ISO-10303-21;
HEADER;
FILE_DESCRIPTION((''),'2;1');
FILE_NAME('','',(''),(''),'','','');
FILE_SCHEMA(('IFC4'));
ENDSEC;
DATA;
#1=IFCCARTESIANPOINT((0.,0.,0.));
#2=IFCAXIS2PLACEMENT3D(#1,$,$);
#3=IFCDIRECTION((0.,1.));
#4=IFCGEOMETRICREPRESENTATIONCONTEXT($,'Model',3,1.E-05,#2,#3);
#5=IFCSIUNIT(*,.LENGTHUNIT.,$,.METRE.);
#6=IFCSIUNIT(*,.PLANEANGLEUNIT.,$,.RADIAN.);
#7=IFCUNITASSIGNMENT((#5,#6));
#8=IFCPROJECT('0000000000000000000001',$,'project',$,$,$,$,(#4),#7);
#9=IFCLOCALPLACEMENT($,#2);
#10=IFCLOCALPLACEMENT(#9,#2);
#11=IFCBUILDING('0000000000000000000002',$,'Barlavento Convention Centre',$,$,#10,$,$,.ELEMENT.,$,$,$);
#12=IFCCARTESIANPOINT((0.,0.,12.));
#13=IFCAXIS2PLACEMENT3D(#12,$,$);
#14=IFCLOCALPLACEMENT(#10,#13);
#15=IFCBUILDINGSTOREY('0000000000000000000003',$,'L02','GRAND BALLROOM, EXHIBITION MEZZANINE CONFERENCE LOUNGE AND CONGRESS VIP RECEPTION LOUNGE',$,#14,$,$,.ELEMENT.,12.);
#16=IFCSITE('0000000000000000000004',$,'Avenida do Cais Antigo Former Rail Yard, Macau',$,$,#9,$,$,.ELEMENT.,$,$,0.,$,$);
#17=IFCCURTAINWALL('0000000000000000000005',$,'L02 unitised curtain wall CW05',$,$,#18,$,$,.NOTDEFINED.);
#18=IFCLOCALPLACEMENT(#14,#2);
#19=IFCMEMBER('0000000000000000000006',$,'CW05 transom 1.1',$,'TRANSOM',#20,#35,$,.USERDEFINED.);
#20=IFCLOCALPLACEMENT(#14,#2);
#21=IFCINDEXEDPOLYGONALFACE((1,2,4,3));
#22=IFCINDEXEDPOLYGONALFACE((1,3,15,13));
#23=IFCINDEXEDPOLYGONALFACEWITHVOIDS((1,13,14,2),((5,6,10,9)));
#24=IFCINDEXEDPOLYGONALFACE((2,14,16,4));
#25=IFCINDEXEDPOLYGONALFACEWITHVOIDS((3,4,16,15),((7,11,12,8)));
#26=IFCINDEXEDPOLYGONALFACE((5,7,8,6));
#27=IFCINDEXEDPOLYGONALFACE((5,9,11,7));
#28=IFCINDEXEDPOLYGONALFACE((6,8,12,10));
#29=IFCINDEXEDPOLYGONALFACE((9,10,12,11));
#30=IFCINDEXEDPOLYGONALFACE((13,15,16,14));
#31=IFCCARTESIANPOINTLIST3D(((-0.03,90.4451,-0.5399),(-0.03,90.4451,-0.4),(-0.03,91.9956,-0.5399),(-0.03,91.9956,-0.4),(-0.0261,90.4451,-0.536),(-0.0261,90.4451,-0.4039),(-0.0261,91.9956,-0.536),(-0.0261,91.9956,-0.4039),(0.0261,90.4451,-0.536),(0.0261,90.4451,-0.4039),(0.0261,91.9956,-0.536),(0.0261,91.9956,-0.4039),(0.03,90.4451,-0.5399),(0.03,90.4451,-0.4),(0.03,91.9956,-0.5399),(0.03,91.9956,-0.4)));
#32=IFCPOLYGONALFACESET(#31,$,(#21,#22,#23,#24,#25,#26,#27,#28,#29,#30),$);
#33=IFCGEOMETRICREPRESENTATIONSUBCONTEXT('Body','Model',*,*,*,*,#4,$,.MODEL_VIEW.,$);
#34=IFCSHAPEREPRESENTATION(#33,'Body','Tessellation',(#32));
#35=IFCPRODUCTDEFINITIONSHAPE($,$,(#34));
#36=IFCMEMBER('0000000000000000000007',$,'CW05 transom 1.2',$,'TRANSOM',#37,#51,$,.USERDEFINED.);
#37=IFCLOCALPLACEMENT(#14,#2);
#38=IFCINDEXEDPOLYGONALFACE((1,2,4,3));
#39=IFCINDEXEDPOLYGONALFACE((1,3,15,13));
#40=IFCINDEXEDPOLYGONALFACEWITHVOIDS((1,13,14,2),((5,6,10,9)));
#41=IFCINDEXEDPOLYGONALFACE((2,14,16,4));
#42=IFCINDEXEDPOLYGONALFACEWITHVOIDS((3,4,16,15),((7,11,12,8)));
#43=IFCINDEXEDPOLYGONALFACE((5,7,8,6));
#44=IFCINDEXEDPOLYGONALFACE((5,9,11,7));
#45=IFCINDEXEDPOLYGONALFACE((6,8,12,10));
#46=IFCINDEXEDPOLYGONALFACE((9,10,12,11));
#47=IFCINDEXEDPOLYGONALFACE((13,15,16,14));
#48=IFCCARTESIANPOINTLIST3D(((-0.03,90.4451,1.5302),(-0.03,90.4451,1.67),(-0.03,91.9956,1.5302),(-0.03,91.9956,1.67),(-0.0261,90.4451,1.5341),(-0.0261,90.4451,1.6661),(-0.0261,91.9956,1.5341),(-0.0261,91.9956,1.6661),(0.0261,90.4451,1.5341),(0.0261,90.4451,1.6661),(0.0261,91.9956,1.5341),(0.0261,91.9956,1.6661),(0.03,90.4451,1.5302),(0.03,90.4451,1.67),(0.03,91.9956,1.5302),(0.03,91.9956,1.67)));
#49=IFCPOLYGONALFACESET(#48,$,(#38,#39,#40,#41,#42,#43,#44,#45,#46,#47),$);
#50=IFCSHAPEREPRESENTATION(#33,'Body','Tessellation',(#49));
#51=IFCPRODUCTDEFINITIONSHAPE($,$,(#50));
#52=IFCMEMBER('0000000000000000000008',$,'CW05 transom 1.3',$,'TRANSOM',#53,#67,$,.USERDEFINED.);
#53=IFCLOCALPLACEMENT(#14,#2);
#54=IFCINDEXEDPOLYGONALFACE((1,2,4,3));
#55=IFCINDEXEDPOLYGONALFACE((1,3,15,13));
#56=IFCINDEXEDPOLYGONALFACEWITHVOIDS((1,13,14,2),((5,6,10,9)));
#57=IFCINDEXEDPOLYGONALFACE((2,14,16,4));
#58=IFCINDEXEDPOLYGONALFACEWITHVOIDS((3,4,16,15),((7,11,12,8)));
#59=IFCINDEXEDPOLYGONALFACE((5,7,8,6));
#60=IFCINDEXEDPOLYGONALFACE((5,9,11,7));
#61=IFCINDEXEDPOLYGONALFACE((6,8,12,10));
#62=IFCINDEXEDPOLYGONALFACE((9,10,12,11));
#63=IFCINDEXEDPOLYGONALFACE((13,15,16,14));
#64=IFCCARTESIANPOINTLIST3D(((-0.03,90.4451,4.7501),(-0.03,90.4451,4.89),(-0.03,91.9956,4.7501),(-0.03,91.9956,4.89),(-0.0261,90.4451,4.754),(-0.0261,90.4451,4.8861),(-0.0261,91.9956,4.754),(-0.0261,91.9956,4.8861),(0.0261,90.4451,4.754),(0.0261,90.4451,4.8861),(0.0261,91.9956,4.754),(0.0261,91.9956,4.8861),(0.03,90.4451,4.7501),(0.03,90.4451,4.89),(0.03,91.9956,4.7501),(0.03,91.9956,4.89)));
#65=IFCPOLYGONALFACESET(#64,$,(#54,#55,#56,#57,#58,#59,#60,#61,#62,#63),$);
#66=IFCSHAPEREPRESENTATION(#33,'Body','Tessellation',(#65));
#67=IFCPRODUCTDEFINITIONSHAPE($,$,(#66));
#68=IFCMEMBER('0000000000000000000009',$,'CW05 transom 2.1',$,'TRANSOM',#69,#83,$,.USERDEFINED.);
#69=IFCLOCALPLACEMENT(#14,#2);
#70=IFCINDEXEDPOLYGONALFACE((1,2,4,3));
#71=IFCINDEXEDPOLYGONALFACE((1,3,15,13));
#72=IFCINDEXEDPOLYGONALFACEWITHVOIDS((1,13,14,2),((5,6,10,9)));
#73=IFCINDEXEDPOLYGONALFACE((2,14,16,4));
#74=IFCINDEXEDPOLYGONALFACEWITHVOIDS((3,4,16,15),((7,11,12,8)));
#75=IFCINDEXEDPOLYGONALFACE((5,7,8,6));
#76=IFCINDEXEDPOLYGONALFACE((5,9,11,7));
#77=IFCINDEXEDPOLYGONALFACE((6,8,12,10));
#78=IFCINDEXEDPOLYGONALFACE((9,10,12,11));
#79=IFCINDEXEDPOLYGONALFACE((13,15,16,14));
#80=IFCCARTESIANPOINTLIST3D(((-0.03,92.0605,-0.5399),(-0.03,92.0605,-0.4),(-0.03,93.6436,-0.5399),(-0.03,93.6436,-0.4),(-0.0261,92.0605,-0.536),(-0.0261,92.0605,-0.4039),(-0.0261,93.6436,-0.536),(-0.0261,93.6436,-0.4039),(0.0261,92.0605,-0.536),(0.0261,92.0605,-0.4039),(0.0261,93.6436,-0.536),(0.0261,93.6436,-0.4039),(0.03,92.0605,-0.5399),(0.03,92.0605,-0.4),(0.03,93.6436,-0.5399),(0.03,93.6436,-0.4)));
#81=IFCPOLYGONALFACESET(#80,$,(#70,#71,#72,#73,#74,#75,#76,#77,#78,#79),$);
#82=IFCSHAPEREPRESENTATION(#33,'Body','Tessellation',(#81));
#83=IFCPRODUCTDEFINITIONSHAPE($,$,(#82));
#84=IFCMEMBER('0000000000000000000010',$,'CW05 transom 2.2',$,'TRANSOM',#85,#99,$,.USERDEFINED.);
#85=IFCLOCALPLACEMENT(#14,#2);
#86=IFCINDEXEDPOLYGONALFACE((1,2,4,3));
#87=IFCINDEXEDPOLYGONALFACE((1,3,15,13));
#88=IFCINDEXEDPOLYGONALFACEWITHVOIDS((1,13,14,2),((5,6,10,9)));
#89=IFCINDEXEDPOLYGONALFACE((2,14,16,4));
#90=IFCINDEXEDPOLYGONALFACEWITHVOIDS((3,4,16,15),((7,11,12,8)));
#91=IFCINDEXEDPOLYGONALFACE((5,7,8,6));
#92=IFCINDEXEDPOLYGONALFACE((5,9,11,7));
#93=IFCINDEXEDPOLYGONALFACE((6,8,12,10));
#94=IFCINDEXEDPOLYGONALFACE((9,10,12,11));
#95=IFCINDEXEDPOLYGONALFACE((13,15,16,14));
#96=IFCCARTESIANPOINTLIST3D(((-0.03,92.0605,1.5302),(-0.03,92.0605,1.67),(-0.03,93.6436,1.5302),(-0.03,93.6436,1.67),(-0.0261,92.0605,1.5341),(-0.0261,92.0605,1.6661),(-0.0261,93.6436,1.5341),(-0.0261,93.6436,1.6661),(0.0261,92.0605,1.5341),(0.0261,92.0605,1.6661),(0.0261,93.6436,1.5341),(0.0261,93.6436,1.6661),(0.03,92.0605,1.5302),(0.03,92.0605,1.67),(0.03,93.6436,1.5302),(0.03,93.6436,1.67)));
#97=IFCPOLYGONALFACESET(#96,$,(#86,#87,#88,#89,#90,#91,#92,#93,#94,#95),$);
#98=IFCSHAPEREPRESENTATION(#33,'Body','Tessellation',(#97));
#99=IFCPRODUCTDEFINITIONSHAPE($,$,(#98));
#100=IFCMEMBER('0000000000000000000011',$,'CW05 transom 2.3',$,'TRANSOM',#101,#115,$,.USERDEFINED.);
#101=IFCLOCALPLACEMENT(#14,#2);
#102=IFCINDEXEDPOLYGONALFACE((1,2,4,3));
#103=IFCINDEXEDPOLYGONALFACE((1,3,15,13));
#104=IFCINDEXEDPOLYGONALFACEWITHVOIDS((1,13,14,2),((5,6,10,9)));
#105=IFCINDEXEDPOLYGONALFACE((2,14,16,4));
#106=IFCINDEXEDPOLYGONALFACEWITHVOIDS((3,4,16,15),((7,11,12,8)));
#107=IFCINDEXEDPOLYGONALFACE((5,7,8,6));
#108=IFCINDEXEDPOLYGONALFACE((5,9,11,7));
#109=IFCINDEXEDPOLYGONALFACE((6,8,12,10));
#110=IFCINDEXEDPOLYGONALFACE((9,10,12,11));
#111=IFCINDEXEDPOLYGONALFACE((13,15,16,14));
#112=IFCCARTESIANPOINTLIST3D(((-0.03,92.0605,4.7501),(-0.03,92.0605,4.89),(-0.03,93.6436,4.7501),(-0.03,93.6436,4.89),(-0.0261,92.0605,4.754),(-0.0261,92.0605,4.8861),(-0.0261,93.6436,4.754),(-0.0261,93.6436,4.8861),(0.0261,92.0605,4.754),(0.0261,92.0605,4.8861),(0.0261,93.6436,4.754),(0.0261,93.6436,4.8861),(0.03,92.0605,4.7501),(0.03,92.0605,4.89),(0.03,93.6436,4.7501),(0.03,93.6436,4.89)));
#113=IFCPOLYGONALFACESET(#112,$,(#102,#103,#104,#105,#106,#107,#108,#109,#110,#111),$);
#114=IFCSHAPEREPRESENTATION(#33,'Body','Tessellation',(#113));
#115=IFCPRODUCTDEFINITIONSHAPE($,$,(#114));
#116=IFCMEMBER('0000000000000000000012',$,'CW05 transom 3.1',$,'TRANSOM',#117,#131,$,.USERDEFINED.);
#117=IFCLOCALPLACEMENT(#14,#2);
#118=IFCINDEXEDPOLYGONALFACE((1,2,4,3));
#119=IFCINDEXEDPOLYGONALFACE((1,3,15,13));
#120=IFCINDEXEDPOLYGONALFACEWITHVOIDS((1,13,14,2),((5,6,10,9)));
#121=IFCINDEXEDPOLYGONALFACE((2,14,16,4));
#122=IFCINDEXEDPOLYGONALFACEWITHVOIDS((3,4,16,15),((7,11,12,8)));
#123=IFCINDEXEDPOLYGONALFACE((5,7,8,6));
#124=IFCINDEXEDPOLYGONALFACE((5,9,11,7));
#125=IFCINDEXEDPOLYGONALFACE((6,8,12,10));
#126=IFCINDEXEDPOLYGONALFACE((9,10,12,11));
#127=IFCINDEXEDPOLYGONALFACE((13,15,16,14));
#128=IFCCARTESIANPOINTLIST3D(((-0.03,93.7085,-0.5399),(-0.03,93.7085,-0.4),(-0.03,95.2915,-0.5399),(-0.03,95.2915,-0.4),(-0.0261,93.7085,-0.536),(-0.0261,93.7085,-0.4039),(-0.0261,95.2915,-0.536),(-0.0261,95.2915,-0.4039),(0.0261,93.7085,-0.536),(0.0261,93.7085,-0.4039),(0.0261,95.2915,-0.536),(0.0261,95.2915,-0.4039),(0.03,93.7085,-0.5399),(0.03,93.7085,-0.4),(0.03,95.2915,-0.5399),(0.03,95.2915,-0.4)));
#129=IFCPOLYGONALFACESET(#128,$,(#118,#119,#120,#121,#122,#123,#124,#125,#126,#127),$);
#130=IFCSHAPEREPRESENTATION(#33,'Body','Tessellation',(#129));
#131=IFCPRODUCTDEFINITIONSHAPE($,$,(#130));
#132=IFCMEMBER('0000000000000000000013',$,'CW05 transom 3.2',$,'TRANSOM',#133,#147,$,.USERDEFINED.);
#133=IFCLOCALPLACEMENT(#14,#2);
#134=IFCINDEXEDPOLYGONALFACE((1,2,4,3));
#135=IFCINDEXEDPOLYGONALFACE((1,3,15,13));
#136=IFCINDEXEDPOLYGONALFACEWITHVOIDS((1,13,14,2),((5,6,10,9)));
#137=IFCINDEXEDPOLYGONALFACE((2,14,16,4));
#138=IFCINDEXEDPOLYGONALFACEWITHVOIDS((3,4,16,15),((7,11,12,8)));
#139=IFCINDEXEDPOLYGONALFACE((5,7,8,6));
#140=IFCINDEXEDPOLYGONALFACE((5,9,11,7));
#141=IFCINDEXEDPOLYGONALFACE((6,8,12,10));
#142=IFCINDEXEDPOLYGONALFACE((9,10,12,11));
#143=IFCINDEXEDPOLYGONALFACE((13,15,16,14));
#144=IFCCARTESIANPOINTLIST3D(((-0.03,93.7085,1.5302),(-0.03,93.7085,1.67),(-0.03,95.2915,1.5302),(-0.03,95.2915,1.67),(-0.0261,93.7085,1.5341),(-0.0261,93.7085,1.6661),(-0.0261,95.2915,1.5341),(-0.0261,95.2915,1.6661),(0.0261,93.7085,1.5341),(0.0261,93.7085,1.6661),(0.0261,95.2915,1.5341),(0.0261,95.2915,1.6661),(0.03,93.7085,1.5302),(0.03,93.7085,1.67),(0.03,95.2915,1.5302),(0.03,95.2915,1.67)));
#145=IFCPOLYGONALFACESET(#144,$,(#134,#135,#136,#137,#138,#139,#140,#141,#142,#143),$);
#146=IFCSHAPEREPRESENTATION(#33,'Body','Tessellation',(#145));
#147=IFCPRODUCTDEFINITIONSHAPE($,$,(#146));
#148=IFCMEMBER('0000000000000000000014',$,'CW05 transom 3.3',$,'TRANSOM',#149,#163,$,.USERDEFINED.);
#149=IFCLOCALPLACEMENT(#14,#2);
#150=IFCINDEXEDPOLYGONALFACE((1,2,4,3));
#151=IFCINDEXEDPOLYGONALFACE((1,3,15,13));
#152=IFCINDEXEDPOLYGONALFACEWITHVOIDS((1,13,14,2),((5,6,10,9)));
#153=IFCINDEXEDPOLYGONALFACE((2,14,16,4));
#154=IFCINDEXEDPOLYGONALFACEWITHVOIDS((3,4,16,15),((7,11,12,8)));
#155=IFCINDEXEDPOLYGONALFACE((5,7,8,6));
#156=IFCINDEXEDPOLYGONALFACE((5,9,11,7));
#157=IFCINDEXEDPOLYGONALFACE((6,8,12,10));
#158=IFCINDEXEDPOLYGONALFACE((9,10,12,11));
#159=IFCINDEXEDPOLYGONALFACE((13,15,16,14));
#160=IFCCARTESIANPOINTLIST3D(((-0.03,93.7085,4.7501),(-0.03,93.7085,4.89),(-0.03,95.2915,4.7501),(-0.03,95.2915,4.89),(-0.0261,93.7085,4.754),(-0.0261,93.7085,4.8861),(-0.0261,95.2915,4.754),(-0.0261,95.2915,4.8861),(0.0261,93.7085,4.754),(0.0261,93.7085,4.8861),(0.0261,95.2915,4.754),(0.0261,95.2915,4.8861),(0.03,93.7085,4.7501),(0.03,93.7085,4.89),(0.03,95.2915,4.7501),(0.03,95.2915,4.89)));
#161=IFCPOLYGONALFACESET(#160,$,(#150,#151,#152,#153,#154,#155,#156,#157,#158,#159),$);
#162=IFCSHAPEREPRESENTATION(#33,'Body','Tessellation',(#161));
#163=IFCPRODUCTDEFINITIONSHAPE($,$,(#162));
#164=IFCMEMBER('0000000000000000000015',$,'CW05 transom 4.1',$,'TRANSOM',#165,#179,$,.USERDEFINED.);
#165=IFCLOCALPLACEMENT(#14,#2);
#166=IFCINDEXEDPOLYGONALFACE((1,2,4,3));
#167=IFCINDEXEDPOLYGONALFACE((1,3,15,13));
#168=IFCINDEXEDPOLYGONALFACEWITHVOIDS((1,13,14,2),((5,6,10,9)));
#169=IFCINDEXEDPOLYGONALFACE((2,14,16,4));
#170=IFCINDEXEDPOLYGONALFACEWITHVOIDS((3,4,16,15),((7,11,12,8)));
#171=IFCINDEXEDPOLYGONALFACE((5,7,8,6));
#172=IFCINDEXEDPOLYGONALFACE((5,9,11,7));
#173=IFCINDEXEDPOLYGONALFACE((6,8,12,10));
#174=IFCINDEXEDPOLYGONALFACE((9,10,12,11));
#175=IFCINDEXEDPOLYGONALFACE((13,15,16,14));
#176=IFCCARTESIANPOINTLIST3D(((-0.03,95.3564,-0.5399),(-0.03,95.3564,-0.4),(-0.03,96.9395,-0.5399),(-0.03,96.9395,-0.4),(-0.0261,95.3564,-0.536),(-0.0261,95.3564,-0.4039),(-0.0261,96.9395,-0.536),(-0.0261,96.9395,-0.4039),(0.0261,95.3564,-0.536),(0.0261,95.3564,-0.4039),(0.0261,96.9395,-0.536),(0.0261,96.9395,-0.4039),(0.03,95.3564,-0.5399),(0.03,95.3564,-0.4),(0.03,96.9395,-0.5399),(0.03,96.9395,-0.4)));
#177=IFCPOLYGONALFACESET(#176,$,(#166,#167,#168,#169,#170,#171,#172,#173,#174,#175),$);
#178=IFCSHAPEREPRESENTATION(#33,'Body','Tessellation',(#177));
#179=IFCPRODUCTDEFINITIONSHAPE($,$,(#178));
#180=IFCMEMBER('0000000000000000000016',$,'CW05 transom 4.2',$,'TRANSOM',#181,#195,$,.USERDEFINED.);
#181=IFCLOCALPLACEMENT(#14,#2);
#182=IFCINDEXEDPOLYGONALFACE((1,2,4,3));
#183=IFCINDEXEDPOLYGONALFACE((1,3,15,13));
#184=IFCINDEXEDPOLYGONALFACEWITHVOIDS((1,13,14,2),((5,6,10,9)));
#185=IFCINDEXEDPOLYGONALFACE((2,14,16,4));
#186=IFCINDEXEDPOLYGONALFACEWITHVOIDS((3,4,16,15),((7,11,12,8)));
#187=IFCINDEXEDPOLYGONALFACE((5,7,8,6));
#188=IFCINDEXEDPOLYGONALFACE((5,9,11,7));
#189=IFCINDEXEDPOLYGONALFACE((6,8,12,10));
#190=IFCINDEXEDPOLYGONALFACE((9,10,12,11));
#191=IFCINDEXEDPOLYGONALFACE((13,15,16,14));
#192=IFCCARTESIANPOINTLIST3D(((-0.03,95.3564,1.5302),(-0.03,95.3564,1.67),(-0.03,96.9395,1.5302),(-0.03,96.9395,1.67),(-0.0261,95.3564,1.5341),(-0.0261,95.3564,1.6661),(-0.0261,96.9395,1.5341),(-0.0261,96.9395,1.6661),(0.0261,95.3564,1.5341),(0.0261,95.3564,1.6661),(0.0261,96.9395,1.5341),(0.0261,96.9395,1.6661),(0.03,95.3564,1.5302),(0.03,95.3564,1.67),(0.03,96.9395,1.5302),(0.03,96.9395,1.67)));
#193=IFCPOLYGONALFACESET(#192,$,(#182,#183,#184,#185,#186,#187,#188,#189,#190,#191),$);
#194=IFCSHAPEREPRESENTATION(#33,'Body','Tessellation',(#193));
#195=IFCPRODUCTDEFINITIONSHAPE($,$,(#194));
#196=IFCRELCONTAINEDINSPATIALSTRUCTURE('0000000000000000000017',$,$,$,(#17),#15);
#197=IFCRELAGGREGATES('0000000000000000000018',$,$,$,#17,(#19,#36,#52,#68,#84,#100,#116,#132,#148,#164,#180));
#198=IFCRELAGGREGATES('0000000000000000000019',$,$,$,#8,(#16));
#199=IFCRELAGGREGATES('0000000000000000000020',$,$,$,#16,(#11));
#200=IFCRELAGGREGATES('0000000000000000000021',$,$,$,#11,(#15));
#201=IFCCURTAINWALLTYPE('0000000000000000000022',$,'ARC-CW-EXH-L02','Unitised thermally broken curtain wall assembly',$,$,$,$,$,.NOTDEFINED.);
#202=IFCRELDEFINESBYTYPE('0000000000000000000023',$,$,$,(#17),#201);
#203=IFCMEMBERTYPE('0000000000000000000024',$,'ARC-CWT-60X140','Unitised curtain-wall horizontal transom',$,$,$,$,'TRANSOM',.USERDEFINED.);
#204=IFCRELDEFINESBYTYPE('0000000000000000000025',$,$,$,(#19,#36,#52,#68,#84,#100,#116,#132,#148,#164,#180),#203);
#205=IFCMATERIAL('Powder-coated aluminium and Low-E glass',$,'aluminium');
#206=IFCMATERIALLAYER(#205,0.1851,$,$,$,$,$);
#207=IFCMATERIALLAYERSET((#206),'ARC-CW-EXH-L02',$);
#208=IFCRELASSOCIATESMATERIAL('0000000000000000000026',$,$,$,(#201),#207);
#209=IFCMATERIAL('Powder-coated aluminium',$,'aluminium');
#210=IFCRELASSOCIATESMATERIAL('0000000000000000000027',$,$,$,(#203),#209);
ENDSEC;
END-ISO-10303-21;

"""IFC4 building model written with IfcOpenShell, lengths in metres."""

from ifc_helpers import new_model, si_unit, direction, frame, origin, origin_2d, place, context, subcontext, project, spatial, hollow_rectangle, extrude, material, layer, layer_set, material_profile, profile_set, type_object, element, aggregate, save


model = new_model("IFC4")

# Units and contexts
model_context = context("Model", 3, precision=1e-05, world=origin(), true_north=direction((0.0, 1.0)))
body_context = subcontext(model_context, "Body", "Model", "MODEL_VIEW")
ifc_project = project(units=[si_unit("LENGTHUNIT", "METRE"), si_unit("PLANEANGLEUNIT", "RADIAN")], contexts=[model_context])

# Site, building, storey
site_placement = place(None, origin())
site = spatial("IfcSite", under=ifc_project, at=site_placement, Name="Avenida do Cais Antigo Former Rail Yard, Macau", CompositionType="ELEMENT", RefElevation=0.0)
building_placement = place(site_placement, origin())
building = spatial("IfcBuilding", under=site, at=building_placement, Name="Barlavento Convention Centre", CompositionType="ELEMENT")
storey_placement = place(building_placement, frame((0.0, 0.0, 12.0)))
storey = spatial("IfcBuildingStorey", under=building, at=storey_placement, Name="L02", Description="GRAND BALLROOM, EXHIBITION MEZZANINE CONFERENCE LOUNGE AND CONGRESS VIP RECEPTION LOUNGE", CompositionType="ELEMENT", Elevation=12.0)

# Shared definitions
ifc_material_1 = material(Name="Powder-coated aluminium and Low-E glass", Category="aluminium")
ifc_layer_1 = layer(ifc_material_1, 0.1851)
ifc_layer_set_1 = layer_set([ifc_layer_1], Name="ARC-CW-EXH-L02")
curtain_wall_type = type_object("IfcCurtainWallType", Name="ARC-CW-EXH-L02", Description="Unitised thermally broken curtain wall assembly", PredefinedType="NOTDEFINED", material=ifc_layer_set_1)
ifc_material_2 = material(Name="Powder-coated aluminium", Category="aluminium")

# Curtain wall
curtain_wall_1_placement = place(storey_placement, origin())
curtain_wall_1 = element("IfcCurtainWall", 1, at=curtain_wall_1_placement, inside=storey, type_object=curtain_wall_type, Name="L02 unitised curtain wall CW05", PredefinedType="NOTDEFINED")

# Members
ifc_material_profile_1 = material_profile(ifc_material_2, hollow_rectangle(XDim=0.0601, YDim=0.1399, WallThickness=0.0039, at=origin_2d()), Name="AL-TRAN 60x140x4")
ifc_profile_set_1 = profile_set([ifc_material_profile_1], Name="Powder-coated aluminium")
member_type_1 = type_object("IfcMemberType", Name="ARC-CWT-60X140", Description="Unitised curtain-wall horizontal transom", ElementType="TRANSOM", PredefinedType="USERDEFINED", material=ifc_profile_set_1)
member_1_placement = place(storey_placement, frame((0.0, 90.4451, -0.47), z_axis=(0.0, 1.0, 0.0), x_axis=(-1.0, 0.0, 0.0)))
member_1 = element("IfcMember", 2, at=member_1_placement, type_object=member_type_1, Name="CW05 transom 1.1", ObjectType="TRANSOM", PredefinedType="USERDEFINED", context=body_context, shape_type="SweptSolid", body=[
    extrude(hollow_rectangle(XDim=0.0601, YDim=0.1399, WallThickness=0.0039, at=origin_2d()), origin(), (0.0, 0.0, 1.0), 1.5505),
])
member_2_placement = place(storey_placement, frame((0.0, 90.4451, 1.6001), z_axis=(0.0, 1.0, 0.0), x_axis=(-1.0, 0.0, 0.0)))
member_2 = element("IfcMember", 3, at=member_2_placement, type_object=member_type_1, Name="CW05 transom 1.2", ObjectType="TRANSOM", PredefinedType="USERDEFINED", context=body_context, shape_type="SweptSolid", body=[
    extrude(hollow_rectangle(XDim=0.0601, YDim=0.1399, WallThickness=0.0039, at=origin_2d()), origin(), (0.0, 0.0, 1.0), 1.5505),
])
member_3_placement = place(storey_placement, frame((0.0, 90.4451, 4.8201), z_axis=(0.0, 1.0, 0.0), x_axis=(-1.0, 0.0, 0.0)))
member_3 = element("IfcMember", 4, at=member_3_placement, type_object=member_type_1, Name="CW05 transom 1.3", ObjectType="TRANSOM", PredefinedType="USERDEFINED", context=body_context, shape_type="SweptSolid", body=[
    extrude(hollow_rectangle(XDim=0.0601, YDim=0.1399, WallThickness=0.0039, at=origin_2d()), origin(), (0.0, 0.0, 1.0), 1.5505),
])
member_4_placement = place(storey_placement, frame((0.0, 92.0605, -0.47), z_axis=(0.0, 1.0, 0.0), x_axis=(-1.0, 0.0, 0.0)))
member_4 = element("IfcMember", 5, at=member_4_placement, type_object=member_type_1, Name="CW05 transom 2.1", ObjectType="TRANSOM", PredefinedType="USERDEFINED", context=body_context, shape_type="SweptSolid", body=[
    extrude(hollow_rectangle(XDim=0.0601, YDim=0.1399, WallThickness=0.0039, at=origin_2d()), origin(), (0.0, 0.0, 1.0), 1.583),
])
member_5_placement = place(storey_placement, frame((0.0, 92.0605, 1.6001), z_axis=(0.0, 1.0, 0.0), x_axis=(-1.0, 0.0, 0.0)))
member_5 = element("IfcMember", 6, at=member_5_placement, type_object=member_type_1, Name="CW05 transom 2.2", ObjectType="TRANSOM", PredefinedType="USERDEFINED", context=body_context, shape_type="SweptSolid", body=[
    extrude(hollow_rectangle(XDim=0.0601, YDim=0.1399, WallThickness=0.0039, at=origin_2d()), origin(), (0.0, 0.0, 1.0), 1.583),
])
member_6_placement = place(storey_placement, frame((0.0, 92.0605, 4.8201), z_axis=(0.0, 1.0, 0.0), x_axis=(-1.0, 0.0, 0.0)))
member_6 = element("IfcMember", 7, at=member_6_placement, type_object=member_type_1, Name="CW05 transom 2.3", ObjectType="TRANSOM", PredefinedType="USERDEFINED", context=body_context, shape_type="SweptSolid", body=[
    extrude(hollow_rectangle(XDim=0.0601, YDim=0.1399, WallThickness=0.0039, at=origin_2d()), origin(), (0.0, 0.0, 1.0), 1.583),
])
member_7_placement = place(storey_placement, frame((0.0, 93.7085, -0.47), z_axis=(0.0, 1.0, 0.0), x_axis=(-1.0, 0.0, 0.0)))
member_7 = element("IfcMember", 8, at=member_7_placement, type_object=member_type_1, Name="CW05 transom 3.1", ObjectType="TRANSOM", PredefinedType="USERDEFINED", context=body_context, shape_type="SweptSolid", body=[
    extrude(hollow_rectangle(XDim=0.0601, YDim=0.1399, WallThickness=0.0039, at=origin_2d()), origin(), (0.0, 0.0, 1.0), 1.583),
])
member_8_placement = place(storey_placement, frame((0.0, 93.7085, 1.6001), z_axis=(0.0, 1.0, 0.0), x_axis=(-1.0, 0.0, 0.0)))
member_8 = element("IfcMember", 9, at=member_8_placement, type_object=member_type_1, Name="CW05 transom 3.2", ObjectType="TRANSOM", PredefinedType="USERDEFINED", context=body_context, shape_type="SweptSolid", body=[
    extrude(hollow_rectangle(XDim=0.0601, YDim=0.1399, WallThickness=0.0039, at=origin_2d()), origin(), (0.0, 0.0, 1.0), 1.583),
])
member_9_placement = place(storey_placement, frame((0.0, 93.7085, 4.8201), z_axis=(0.0, 1.0, 0.0), x_axis=(-1.0, 0.0, 0.0)))
member_9 = element("IfcMember", 10, at=member_9_placement, type_object=member_type_1, Name="CW05 transom 3.3", ObjectType="TRANSOM", PredefinedType="USERDEFINED", context=body_context, shape_type="SweptSolid", body=[
    extrude(hollow_rectangle(XDim=0.0601, YDim=0.1399, WallThickness=0.0039, at=origin_2d()), origin(), (0.0, 0.0, 1.0), 1.583),
])
member_10_placement = place(storey_placement, frame((0.0, 95.3564, -0.47), z_axis=(0.0, 1.0, 0.0), x_axis=(-1.0, 0.0, 0.0)))
member_10 = element("IfcMember", 11, at=member_10_placement, type_object=member_type_1, Name="CW05 transom 4.1", ObjectType="TRANSOM", PredefinedType="USERDEFINED", context=body_context, shape_type="SweptSolid", body=[
    extrude(hollow_rectangle(XDim=0.0601, YDim=0.1399, WallThickness=0.0039, at=origin_2d()), origin(), (0.0, 0.0, 1.0), 1.583),
])
member_11_placement = place(storey_placement, frame((0.0, 95.3564, 1.6001), z_axis=(0.0, 1.0, 0.0), x_axis=(-1.0, 0.0, 0.0)))
member_11 = element("IfcMember", 12, at=member_11_placement, type_object=member_type_1, Name="CW05 transom 4.2", ObjectType="TRANSOM", PredefinedType="USERDEFINED", context=body_context, shape_type="SweptSolid", body=[
    extrude(hollow_rectangle(XDim=0.0601, YDim=0.1399, WallThickness=0.0039, at=origin_2d()), origin(), (0.0, 0.0, 1.0), 1.583),
])

aggregate(curtain_wall_1, [member_1, member_2, member_3, member_4, member_5, member_6, member_7, member_8, member_9, member_10, member_11])

save(model, "model.ifc")
